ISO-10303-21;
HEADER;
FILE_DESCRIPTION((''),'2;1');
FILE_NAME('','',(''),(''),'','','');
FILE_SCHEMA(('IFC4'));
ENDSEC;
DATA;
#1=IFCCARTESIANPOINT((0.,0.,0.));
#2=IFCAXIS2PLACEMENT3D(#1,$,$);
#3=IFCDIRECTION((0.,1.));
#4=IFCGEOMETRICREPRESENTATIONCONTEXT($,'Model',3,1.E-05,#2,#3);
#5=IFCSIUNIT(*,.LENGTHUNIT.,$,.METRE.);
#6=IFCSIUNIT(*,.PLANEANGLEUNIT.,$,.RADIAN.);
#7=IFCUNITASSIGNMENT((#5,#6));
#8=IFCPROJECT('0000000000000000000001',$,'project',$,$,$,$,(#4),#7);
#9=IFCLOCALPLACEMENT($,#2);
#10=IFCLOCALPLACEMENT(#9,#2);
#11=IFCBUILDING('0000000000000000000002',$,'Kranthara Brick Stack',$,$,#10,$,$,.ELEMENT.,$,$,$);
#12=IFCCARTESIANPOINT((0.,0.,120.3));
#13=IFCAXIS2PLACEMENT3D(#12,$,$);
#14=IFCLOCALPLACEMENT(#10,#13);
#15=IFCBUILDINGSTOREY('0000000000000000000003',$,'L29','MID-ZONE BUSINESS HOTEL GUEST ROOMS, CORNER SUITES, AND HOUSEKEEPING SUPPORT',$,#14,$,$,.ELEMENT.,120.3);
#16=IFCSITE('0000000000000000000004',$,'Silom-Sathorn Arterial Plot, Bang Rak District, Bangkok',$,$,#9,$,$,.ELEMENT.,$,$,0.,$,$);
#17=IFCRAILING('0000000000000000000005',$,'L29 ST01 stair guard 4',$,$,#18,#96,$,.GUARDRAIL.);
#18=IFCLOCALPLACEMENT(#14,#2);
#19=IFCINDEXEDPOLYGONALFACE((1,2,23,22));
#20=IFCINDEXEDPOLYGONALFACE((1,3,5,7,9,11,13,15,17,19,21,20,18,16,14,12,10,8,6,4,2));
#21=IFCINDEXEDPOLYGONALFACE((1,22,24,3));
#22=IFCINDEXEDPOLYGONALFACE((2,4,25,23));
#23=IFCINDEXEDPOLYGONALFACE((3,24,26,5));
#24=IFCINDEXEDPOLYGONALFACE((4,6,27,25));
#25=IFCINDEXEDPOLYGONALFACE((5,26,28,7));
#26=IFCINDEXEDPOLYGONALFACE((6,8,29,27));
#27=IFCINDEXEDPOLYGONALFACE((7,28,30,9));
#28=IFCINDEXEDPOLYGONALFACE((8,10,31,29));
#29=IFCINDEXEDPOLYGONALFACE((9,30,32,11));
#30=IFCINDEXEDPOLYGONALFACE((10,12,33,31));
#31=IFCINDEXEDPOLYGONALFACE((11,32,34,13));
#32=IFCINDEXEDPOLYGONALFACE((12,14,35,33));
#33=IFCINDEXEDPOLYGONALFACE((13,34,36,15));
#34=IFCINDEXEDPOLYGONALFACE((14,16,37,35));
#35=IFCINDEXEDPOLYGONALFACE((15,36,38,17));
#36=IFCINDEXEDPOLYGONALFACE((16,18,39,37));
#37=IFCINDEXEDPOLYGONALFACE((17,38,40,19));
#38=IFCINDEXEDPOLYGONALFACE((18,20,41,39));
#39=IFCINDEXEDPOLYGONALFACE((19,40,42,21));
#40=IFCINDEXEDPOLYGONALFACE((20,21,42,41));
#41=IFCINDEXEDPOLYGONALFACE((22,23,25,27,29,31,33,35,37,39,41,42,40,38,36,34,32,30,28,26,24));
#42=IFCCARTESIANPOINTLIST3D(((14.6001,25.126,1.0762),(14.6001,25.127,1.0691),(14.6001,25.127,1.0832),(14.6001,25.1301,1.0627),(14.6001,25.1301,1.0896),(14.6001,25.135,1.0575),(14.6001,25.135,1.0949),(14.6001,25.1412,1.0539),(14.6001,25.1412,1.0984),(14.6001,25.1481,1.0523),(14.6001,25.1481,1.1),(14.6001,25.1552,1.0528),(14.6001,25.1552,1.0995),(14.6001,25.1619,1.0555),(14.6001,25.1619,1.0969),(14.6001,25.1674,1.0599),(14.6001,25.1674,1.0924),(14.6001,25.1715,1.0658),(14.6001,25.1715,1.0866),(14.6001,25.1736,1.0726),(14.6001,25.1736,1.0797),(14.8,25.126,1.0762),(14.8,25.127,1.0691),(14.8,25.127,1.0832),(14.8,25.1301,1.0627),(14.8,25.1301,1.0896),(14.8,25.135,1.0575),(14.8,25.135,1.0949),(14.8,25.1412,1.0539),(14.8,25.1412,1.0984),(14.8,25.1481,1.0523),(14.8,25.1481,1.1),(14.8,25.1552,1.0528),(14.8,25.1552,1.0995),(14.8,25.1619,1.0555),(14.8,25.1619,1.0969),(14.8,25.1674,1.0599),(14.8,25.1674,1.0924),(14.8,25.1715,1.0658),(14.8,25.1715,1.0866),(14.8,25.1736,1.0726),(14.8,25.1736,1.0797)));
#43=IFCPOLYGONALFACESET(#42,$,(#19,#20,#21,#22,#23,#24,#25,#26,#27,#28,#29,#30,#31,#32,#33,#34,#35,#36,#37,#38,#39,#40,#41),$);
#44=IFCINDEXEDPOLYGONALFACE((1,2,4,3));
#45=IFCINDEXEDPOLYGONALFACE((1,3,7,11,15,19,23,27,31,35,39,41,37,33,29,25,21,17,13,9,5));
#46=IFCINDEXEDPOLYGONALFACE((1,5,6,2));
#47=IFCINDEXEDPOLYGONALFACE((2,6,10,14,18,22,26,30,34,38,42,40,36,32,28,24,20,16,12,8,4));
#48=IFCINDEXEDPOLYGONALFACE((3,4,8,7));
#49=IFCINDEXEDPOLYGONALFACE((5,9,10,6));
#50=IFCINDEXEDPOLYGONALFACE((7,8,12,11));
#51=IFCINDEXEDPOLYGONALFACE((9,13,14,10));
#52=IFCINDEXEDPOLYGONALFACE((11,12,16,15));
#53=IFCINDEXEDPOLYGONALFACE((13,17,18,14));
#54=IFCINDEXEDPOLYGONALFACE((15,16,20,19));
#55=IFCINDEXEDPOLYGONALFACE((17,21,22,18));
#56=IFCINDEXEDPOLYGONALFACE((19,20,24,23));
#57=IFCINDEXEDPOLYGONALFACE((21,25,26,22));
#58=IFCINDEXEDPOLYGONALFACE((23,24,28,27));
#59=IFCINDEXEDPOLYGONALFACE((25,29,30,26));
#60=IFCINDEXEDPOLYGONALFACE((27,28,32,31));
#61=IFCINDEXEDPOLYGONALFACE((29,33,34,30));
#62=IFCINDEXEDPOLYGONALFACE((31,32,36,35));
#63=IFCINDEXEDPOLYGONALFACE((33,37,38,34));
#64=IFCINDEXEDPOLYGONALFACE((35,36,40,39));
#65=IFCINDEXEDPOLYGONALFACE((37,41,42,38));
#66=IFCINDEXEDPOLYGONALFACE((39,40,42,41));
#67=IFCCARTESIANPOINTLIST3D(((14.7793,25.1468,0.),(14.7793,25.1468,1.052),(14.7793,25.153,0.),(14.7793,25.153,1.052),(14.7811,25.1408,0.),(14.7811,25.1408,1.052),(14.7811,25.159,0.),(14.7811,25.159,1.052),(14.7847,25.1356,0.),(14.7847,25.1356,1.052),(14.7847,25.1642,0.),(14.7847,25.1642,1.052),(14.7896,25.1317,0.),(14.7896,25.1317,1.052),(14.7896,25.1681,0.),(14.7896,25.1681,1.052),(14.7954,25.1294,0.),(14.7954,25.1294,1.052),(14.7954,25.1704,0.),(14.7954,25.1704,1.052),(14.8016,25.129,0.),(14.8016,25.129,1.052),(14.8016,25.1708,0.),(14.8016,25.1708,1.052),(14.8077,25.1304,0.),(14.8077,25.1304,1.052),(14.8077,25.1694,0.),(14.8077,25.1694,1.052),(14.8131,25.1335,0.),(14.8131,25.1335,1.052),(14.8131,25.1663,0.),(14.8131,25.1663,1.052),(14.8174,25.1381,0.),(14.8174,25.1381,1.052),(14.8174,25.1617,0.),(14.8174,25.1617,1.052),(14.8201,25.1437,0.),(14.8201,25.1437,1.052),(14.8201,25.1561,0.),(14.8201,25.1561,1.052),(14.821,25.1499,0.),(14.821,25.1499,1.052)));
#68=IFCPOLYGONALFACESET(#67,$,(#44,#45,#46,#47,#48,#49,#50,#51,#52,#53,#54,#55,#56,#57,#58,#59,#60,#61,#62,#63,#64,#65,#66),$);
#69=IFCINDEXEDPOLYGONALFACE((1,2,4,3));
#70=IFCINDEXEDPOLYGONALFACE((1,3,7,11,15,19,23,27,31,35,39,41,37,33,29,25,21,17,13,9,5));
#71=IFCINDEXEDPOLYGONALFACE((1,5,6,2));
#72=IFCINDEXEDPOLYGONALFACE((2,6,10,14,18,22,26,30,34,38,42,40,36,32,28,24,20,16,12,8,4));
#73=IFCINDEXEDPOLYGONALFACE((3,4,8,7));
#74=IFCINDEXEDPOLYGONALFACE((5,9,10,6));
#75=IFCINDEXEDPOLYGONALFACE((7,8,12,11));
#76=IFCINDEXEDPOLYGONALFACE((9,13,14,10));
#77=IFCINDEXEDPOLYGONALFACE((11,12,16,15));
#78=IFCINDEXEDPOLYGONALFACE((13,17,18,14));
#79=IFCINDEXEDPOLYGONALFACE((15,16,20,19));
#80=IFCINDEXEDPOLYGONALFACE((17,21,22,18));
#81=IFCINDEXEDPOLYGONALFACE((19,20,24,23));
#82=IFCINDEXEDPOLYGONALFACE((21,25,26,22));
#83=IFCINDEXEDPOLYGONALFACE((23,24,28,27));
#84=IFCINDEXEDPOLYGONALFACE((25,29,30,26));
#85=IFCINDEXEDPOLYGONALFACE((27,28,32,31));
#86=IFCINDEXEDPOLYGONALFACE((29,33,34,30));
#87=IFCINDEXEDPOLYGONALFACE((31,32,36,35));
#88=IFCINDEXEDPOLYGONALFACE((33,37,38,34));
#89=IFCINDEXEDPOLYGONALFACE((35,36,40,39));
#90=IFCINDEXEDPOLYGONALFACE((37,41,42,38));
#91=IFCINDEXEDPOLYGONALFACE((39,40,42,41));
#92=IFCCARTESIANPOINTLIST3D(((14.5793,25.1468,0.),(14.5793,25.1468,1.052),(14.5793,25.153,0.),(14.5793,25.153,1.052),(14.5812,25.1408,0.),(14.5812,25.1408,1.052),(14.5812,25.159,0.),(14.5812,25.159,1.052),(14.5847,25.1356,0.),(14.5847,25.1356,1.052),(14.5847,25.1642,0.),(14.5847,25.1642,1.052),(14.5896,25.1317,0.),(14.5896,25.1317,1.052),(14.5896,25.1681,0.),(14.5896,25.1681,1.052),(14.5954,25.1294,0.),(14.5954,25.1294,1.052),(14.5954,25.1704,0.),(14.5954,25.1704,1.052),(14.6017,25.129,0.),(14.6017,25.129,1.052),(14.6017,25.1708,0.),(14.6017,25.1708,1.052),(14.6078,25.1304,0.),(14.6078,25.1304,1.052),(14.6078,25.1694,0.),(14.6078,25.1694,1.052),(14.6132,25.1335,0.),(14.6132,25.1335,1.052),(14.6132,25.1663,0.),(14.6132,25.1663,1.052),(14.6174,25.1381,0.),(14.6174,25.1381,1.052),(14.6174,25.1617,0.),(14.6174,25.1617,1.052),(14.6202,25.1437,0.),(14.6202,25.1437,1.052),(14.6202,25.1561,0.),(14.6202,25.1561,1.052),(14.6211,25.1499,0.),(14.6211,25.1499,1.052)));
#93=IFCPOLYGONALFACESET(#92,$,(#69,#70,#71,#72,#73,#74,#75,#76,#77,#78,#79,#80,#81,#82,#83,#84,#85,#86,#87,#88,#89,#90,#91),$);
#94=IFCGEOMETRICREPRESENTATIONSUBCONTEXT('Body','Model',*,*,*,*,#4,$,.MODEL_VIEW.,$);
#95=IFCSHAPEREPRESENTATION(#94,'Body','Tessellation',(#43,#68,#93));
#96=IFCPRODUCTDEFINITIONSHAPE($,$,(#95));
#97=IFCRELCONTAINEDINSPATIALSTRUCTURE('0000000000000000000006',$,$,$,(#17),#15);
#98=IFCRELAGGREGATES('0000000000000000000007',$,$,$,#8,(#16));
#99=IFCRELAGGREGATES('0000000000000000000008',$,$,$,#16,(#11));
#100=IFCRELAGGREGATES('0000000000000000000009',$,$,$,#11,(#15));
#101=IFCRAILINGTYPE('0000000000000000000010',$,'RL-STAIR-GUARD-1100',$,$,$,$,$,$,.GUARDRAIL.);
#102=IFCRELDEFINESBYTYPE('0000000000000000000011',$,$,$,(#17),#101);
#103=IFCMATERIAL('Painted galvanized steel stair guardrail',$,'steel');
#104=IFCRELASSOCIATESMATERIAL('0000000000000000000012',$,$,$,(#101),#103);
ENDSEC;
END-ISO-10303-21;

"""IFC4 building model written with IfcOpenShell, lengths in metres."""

from ifc_helpers import new_model, si_unit, direction, frame, origin, origin_2d, place, context, subcontext, project, spatial, circle, extrude, material, type_object, element, save


model = new_model("IFC4")

# Units and contexts
model_context = context("Model", 3, precision=1e-05, world=origin(), true_north=direction((0.0, 1.0)))
body_context = subcontext(model_context, "Body", "Model", "MODEL_VIEW")
ifc_project = project(units=[si_unit("LENGTHUNIT", "METRE"), si_unit("PLANEANGLEUNIT", "RADIAN")], contexts=[model_context])

# Site, building, storey
site_placement = place(None, origin())
site = spatial("IfcSite", under=ifc_project, at=site_placement, Name="Silom-Sathorn Arterial Plot, Bang Rak District, Bangkok", CompositionType="ELEMENT", RefElevation=0.0)
building_placement = place(site_placement, origin())
building = spatial("IfcBuilding", under=site, at=building_placement, Name="Kranthara Brick Stack", CompositionType="ELEMENT")
storey_placement = place(building_placement, frame((0.0, 0.0, 120.3)))
storey = spatial("IfcBuildingStorey", under=building, at=storey_placement, Name="L29", Description="MID-ZONE BUSINESS HOTEL GUEST ROOMS, CORNER SUITES, AND HOUSEKEEPING SUPPORT", CompositionType="ELEMENT", Elevation=120.3)

# Railing
ifc_material_1 = material(Name="Painted galvanized steel stair guardrail", Category="steel")
railing_type_1 = type_object("IfcRailingType", Name="RL-STAIR-GUARD-1100", PredefinedType="GUARDRAIL", material=ifc_material_1)
railing_1_placement = place(storey_placement, frame((14.8, 25.1499, 0.0)))
element("IfcRailing", 1, at=railing_1_placement, inside=storey, type_object=railing_type_1, Name="L29 ST01 stair guard 4", PredefinedType="GUARDRAIL", context=body_context, shape_type="SweptSolid", body=[
    extrude(circle(Radius=0.0239, at=origin_2d()), frame((0.0, 0.0, 1.0762), z_axis=(-1.0, 0.0, 0.0), x_axis=(0.0, -1.0, 0.0)), (0.0, 0.0, 1.0), 0.2),
    extrude(circle(Radius=0.021, at=origin_2d()), origin(), (0.0, 0.0, 1.0), 1.052),
    extrude(circle(Radius=0.021, at=origin_2d()), frame((-0.2, 0.0, 0.0)), (0.0, 0.0, 1.0), 1.052),
])

save(model, "model.ifc")
